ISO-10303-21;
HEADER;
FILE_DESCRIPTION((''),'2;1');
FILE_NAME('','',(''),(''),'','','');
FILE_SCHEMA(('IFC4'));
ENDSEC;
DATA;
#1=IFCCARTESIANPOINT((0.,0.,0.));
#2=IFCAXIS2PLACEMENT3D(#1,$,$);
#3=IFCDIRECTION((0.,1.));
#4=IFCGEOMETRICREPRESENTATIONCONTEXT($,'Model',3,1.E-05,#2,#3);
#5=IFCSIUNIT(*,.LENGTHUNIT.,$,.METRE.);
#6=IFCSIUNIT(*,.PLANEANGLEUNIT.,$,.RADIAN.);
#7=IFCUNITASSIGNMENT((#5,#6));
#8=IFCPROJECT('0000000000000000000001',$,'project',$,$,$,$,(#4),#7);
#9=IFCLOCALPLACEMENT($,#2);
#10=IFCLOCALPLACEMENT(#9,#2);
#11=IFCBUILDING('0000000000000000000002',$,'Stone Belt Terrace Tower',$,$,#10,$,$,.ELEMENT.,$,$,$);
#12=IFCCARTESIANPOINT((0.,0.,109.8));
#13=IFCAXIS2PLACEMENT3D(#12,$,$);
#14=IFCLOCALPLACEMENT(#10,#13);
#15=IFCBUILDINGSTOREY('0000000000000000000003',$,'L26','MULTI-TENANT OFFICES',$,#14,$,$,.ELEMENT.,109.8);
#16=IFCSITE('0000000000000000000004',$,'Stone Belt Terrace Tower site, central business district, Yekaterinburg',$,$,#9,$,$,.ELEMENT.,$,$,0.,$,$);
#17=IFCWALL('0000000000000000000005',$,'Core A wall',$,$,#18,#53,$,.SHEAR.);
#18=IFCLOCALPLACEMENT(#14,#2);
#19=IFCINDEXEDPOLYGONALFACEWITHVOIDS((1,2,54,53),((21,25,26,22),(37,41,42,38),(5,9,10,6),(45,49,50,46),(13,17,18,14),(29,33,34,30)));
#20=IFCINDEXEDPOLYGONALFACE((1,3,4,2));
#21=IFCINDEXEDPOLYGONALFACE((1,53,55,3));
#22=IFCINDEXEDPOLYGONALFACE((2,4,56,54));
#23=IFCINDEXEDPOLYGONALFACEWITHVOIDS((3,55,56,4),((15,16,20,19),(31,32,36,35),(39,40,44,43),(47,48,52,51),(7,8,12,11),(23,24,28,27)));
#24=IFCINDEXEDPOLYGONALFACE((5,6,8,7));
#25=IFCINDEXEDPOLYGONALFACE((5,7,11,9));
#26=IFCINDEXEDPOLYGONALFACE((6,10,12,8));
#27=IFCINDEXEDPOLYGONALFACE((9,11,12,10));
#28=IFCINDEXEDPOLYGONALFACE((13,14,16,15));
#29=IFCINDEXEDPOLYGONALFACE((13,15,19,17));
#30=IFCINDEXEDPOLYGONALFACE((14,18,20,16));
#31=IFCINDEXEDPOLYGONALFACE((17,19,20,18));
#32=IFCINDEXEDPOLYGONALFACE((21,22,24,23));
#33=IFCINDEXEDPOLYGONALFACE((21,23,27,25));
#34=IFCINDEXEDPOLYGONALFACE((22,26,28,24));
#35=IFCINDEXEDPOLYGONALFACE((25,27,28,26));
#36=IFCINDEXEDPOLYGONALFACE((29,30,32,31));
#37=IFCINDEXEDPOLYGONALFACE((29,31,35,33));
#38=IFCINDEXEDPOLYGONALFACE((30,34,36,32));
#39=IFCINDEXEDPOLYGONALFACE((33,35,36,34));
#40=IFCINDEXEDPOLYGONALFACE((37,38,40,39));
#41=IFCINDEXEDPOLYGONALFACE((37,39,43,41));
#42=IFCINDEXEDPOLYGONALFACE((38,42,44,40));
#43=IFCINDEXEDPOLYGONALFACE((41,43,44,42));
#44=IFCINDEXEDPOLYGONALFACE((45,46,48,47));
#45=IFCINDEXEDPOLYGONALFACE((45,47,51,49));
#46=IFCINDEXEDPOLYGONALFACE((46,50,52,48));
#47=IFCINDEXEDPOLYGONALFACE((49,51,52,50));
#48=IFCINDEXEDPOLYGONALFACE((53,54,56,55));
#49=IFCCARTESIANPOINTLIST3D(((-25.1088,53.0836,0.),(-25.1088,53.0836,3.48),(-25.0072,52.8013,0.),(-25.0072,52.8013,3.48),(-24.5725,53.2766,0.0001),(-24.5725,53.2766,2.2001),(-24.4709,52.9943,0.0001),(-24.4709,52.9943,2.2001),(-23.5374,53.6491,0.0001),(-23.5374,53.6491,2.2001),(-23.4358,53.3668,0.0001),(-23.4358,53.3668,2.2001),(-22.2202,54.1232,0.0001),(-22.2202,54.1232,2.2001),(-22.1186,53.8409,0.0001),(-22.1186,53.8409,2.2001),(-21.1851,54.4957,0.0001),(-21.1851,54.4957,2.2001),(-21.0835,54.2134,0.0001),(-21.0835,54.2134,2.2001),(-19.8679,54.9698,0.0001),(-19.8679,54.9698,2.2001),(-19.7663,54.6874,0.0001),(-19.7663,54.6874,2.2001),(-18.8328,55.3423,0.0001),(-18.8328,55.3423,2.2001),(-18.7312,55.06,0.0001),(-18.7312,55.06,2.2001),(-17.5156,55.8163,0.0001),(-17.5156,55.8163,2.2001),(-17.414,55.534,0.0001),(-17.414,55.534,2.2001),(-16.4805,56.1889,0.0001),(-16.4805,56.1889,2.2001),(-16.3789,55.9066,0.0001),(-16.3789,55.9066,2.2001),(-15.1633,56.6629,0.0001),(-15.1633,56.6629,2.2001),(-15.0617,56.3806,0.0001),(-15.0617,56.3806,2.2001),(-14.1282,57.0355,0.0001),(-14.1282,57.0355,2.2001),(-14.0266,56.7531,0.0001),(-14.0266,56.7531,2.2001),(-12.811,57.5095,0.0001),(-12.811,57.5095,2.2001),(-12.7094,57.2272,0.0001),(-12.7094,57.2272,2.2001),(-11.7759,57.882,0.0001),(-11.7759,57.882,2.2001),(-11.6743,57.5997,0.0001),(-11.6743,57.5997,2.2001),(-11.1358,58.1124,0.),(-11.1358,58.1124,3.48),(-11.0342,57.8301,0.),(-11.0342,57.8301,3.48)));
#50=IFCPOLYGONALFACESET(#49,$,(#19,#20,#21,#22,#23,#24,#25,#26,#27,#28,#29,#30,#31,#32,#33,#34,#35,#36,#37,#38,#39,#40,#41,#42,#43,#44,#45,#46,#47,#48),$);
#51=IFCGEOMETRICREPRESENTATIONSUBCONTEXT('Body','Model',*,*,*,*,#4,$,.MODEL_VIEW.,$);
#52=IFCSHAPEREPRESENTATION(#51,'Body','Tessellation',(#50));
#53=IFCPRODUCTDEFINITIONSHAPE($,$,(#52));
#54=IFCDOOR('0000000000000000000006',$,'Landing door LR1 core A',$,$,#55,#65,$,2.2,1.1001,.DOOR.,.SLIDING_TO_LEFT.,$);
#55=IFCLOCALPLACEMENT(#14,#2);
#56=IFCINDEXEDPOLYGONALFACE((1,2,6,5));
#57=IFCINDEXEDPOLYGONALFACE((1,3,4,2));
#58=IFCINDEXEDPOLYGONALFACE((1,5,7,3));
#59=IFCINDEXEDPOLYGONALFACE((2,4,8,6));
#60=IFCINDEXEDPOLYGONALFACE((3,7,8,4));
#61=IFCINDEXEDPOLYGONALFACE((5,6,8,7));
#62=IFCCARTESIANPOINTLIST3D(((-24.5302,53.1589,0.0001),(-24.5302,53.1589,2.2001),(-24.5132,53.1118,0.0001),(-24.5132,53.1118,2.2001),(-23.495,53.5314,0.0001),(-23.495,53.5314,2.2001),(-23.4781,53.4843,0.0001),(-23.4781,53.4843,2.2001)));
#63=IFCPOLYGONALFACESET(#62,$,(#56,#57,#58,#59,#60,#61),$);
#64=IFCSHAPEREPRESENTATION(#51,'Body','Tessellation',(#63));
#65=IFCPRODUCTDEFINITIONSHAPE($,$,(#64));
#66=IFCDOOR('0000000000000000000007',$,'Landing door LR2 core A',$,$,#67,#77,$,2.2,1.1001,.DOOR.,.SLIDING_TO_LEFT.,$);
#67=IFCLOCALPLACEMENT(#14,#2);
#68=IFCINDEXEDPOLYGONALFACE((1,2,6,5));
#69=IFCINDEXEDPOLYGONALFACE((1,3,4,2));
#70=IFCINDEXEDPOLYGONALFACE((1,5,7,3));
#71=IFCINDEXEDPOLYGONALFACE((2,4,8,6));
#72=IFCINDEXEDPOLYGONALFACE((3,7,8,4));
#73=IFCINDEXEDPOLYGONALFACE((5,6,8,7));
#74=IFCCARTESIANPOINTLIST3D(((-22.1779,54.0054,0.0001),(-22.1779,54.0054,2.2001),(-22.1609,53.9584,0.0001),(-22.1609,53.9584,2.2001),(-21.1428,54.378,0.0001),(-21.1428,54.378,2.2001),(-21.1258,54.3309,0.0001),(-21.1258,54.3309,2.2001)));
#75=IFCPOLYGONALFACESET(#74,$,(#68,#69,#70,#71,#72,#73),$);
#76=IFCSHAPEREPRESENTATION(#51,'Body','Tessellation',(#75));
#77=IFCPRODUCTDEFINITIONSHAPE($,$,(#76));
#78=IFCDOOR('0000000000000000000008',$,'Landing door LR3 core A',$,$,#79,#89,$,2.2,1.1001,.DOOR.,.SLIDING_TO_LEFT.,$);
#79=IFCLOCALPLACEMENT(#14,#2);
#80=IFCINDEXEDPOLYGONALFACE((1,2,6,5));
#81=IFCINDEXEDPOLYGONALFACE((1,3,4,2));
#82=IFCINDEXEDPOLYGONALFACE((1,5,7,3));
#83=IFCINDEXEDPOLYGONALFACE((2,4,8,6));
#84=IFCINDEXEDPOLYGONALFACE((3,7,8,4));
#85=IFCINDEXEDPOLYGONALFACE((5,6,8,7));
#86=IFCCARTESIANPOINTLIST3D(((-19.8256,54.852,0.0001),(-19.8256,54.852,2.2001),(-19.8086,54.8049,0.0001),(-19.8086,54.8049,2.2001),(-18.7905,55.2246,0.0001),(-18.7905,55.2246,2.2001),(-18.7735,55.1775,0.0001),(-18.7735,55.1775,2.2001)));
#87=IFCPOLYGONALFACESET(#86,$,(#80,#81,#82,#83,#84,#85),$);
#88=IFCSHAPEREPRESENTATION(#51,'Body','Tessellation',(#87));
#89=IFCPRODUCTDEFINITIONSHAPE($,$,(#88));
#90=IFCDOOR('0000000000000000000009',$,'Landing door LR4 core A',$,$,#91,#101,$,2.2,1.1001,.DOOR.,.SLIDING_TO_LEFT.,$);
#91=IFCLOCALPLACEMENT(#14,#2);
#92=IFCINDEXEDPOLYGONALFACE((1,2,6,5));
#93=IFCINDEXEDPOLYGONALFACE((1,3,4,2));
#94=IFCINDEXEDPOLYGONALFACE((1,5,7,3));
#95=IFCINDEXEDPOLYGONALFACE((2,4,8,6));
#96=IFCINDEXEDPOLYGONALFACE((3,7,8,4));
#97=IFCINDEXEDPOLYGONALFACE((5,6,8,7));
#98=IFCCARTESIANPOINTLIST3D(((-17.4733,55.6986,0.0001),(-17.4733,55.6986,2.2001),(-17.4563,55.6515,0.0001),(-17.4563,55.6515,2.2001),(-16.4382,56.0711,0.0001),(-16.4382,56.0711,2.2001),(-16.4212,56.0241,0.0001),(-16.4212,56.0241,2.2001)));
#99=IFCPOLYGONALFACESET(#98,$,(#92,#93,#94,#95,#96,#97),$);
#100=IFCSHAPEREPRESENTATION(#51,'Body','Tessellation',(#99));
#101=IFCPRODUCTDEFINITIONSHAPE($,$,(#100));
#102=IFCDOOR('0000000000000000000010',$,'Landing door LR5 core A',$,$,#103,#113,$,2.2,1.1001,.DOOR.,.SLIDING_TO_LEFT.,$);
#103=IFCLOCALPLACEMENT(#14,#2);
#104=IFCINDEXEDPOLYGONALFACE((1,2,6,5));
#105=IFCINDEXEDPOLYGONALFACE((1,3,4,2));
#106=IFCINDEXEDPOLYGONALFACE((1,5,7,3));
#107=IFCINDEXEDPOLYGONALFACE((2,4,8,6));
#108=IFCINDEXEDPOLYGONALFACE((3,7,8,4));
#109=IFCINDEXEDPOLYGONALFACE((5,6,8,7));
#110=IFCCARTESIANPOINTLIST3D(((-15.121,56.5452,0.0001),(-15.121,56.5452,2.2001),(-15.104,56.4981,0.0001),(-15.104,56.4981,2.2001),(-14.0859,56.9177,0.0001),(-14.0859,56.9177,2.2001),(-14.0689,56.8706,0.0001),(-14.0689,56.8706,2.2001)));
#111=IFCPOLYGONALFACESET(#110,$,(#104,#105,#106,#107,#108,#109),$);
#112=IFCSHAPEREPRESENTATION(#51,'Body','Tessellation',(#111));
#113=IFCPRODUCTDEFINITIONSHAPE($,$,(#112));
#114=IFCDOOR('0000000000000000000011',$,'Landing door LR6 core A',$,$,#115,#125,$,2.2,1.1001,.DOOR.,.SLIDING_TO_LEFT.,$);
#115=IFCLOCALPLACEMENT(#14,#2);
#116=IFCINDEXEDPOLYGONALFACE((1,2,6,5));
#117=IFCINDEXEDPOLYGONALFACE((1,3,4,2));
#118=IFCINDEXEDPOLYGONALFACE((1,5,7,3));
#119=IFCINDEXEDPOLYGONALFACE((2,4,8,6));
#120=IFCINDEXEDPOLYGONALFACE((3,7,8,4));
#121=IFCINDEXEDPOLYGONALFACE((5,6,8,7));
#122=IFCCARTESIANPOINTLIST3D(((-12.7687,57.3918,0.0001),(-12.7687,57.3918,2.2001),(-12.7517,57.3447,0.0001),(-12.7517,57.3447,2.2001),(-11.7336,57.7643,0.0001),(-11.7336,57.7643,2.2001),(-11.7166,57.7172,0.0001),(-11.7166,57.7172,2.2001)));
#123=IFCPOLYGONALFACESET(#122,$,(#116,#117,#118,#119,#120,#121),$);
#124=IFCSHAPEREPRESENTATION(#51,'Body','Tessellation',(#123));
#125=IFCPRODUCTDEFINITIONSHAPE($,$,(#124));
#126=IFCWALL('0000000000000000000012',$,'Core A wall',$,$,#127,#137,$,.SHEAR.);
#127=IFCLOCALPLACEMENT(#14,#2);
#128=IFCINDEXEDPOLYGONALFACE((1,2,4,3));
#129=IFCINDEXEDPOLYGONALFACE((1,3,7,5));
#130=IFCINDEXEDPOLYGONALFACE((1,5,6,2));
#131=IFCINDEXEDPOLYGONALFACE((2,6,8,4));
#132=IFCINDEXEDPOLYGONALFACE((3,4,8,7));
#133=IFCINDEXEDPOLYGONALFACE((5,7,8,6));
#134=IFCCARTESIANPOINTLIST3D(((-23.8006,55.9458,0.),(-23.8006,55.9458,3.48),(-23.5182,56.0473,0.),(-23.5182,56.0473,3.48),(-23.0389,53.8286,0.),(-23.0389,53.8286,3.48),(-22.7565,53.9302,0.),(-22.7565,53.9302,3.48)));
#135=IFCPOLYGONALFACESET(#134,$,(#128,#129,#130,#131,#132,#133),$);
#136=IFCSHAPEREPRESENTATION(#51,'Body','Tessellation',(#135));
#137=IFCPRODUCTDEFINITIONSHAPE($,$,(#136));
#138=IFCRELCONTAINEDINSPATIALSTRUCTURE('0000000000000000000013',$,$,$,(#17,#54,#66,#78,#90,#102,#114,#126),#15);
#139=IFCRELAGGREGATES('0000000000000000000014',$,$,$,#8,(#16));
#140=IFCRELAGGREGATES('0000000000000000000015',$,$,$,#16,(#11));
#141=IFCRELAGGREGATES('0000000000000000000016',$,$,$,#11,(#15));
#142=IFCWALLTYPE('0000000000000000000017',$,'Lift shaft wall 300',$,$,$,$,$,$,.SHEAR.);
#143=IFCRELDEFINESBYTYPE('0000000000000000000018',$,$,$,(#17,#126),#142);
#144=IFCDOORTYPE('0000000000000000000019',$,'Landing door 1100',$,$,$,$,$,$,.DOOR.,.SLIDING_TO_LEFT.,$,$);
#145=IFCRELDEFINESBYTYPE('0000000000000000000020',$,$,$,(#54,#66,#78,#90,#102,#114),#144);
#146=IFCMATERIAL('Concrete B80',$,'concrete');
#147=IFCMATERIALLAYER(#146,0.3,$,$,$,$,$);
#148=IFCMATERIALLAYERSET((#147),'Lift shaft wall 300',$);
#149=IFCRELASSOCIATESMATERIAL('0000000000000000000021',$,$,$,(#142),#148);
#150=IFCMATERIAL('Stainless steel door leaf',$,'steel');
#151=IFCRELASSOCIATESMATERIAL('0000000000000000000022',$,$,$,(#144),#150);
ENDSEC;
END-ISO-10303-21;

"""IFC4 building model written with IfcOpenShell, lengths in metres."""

from ifc_helpers import new_model, si_unit, direction, frame, frame_2d, origin, place, context, subcontext, project, spatial, rectangle, extrude, material, layer, layer_set, type_object, element, fill, save


model = new_model("IFC4")

# Units and contexts
model_context = context("Model", 3, precision=1e-05, world=origin(), true_north=direction((0.0, 1.0)))
body_context = subcontext(model_context, "Body", "Model", "MODEL_VIEW")
ifc_project = project(units=[si_unit("LENGTHUNIT", "METRE"), si_unit("PLANEANGLEUNIT", "RADIAN")], contexts=[model_context])

# Site, building, storey
site_placement = place(None, origin())
site = spatial("IfcSite", under=ifc_project, at=site_placement, Name="Stone Belt Terrace Tower site, central business district, Yekaterinburg", CompositionType="ELEMENT", RefElevation=0.0)
building_placement = place(site_placement, origin())
building = spatial("IfcBuilding", under=site, at=building_placement, Name="Stone Belt Terrace Tower", CompositionType="ELEMENT")
storey_placement = place(building_placement, frame((0.0, 0.0, 109.8)))
storey = spatial("IfcBuildingStorey", under=building, at=storey_placement, Name="L26", Description="MULTI-TENANT OFFICES", CompositionType="ELEMENT", Elevation=109.8)

# Shared definitions
ifc_material_1 = material(Name="Concrete B80", Category="concrete")

# Shared definitions
ifc_layer_1 = layer(ifc_material_1, 0.3)
ifc_layer_set_1 = layer_set([ifc_layer_1], Name="Lift shaft wall 300")
wall_type_1 = type_object("IfcWallType", Name="Lift shaft wall 300", PredefinedType="SHEAR", material=ifc_layer_set_1)
ifc_material_2 = material(Name="Stainless steel door leaf", Category="steel")

# Wall, openings, doors
wall_1_placement = place(storey_placement, frame((-25.0581, 52.9424, 0.0), z_axis=(0.0, 0.0, 1.0), x_axis=(0.940918, 0.338634, 0.0)))
wall_1 = element("IfcWall", 1, at=wall_1_placement, inside=storey, type_object=wall_type_1, Name="Core A wall", PredefinedType="SHEAR", context=body_context, shape_type="SweptSolid", body=[
    extrude(rectangle(XDim=14.8503, YDim=0.3, at=frame_2d((7.4253, 0.0))), origin(), (0.0, 0.0, 1.0), 3.48),
])
opening_1_placement = place(wall_1_placement, frame((0.5701, 0.0, 0.0)))
opening_1 = element("IfcOpeningElement", 2, at=opening_1_placement, cuts=wall_1, PredefinedType="OPENING", context=body_context, shape_type="SweptSolid", body=[
    extrude(rectangle(XDim=1.1001, YDim=2.2, at=frame_2d((0.55, 1.1001))), frame((0.0, 0.1599, 0.0), z_axis=(0.0, -1.0, 0.0), x_axis=(1.0, 0.0, 0.0)), (0.0, 0.0, 1.0), 0.3201),
])
opening_2_placement = place(wall_1_placement, frame((3.0701, 0.0, 0.0)))
opening_2 = element("IfcOpeningElement", 3, at=opening_2_placement, cuts=wall_1, PredefinedType="OPENING", context=body_context, shape_type="SweptSolid", body=[
    extrude(rectangle(XDim=1.1001, YDim=2.2, at=frame_2d((0.55, 1.1001))), frame((0.0, 0.1599, 0.0), z_axis=(0.0, -1.0, 0.0), x_axis=(1.0, 0.0, 0.0)), (0.0, 0.0, 1.0), 0.3201),
])
opening_3_placement = place(wall_1_placement, frame((5.5701, 0.0, 0.0)))
opening_3 = element("IfcOpeningElement", 4, at=opening_3_placement, cuts=wall_1, PredefinedType="OPENING", context=body_context, shape_type="SweptSolid", body=[
    extrude(rectangle(XDim=1.1001, YDim=2.2, at=frame_2d((0.55, 1.1001))), frame((0.0, 0.1599, 0.0), z_axis=(0.0, -1.0, 0.0), x_axis=(1.0, 0.0, 0.0)), (0.0, 0.0, 1.0), 0.3201),
])
opening_4_placement = place(wall_1_placement, frame((8.0701, 0.0, 0.0)))
opening_4 = element("IfcOpeningElement", 5, at=opening_4_placement, cuts=wall_1, PredefinedType="OPENING", context=body_context, shape_type="SweptSolid", body=[
    extrude(rectangle(XDim=1.1001, YDim=2.2, at=frame_2d((0.55, 1.1001))), frame((0.0, 0.1599, 0.0), z_axis=(0.0, -1.0, 0.0), x_axis=(1.0, 0.0, 0.0)), (0.0, 0.0, 1.0), 0.3201),
])
opening_5_placement = place(wall_1_placement, frame((10.5701, 0.0, 0.0)))
opening_5 = element("IfcOpeningElement", 6, at=opening_5_placement, cuts=wall_1, PredefinedType="OPENING", context=body_context, shape_type="SweptSolid", body=[
    extrude(rectangle(XDim=1.1001, YDim=2.2, at=frame_2d((0.55, 1.1001))), frame((0.0, 0.1599, 0.0), z_axis=(0.0, -1.0, 0.0), x_axis=(1.0, 0.0, 0.0)), (0.0, 0.0, 1.0), 0.3201),
])
opening_6_placement = place(wall_1_placement, frame((13.0701, 0.0, 0.0)))
opening_6 = element("IfcOpeningElement", 7, at=opening_6_placement, cuts=wall_1, PredefinedType="OPENING", context=body_context, shape_type="SweptSolid", body=[
    extrude(rectangle(XDim=1.1001, YDim=2.2, at=frame_2d((0.55, 1.1001))), frame((0.0, 0.1599, 0.0), z_axis=(0.0, -1.0, 0.0), x_axis=(1.0, 0.0, 0.0)), (0.0, 0.0, 1.0), 0.3201),
])
door_type_1 = type_object("IfcDoorType", Name="Landing door 1100", OperationType="SLIDING_TO_LEFT", PredefinedType="DOOR", material=ifc_material_2)
door_1_placement = place(opening_1_placement, origin())
door_1 = element("IfcDoor", 8, at=door_1_placement, inside=storey, type_object=door_type_1, Name="Landing door LR1 core A", OperationType="SLIDING_TO_LEFT", OverallHeight=2.2, OverallWidth=1.1001, PredefinedType="DOOR", context=body_context, shape_type="SweptSolid", body=[
    extrude(rectangle(XDim=1.1001, YDim=2.2, at=frame_2d((0.55, 1.1001))), frame((0.0, 0.0249, 0.0), z_axis=(0.0, -1.0, 0.0), x_axis=(1.0, 0.0, 0.0)), (0.0, 0.0, 1.0), 0.05),
])
fill(opening_1, door_1)
door_2_placement = place(opening_2_placement, origin())
door_2 = element("IfcDoor", 9, at=door_2_placement, inside=storey, type_object=door_type_1, Name="Landing door LR2 core A", OperationType="SLIDING_TO_LEFT", OverallHeight=2.2, OverallWidth=1.1001, PredefinedType="DOOR", context=body_context, shape_type="SweptSolid", body=[
    extrude(rectangle(XDim=1.1001, YDim=2.2, at=frame_2d((0.55, 1.1001))), frame((0.0, 0.0249, 0.0), z_axis=(0.0, -1.0, 0.0), x_axis=(1.0, 0.0, 0.0)), (0.0, 0.0, 1.0), 0.05),
])
fill(opening_2, door_2)
door_3_placement = place(opening_3_placement, origin())
door_3 = element("IfcDoor", 10, at=door_3_placement, inside=storey, type_object=door_type_1, Name="Landing door LR3 core A", OperationType="SLIDING_TO_LEFT", OverallHeight=2.2, OverallWidth=1.1001, PredefinedType="DOOR", context=body_context, shape_type="SweptSolid", body=[
    extrude(rectangle(XDim=1.1001, YDim=2.2, at=frame_2d((0.55, 1.1001))), frame((0.0, 0.0249, 0.0), z_axis=(0.0, -1.0, 0.0), x_axis=(1.0, 0.0, 0.0)), (0.0, 0.0, 1.0), 0.05),
])
fill(opening_3, door_3)
door_4_placement = place(opening_4_placement, origin())
door_4 = element("IfcDoor", 11, at=door_4_placement, inside=storey, type_object=door_type_1, Name="Landing door LR4 core A", OperationType="SLIDING_TO_LEFT", OverallHeight=2.2, OverallWidth=1.1001, PredefinedType="DOOR", context=body_context, shape_type="SweptSolid", body=[
    extrude(rectangle(XDim=1.1001, YDim=2.2, at=frame_2d((0.55, 1.1001))), frame((0.0, 0.0249, 0.0), z_axis=(0.0, -1.0, 0.0), x_axis=(1.0, 0.0, 0.0)), (0.0, 0.0, 1.0), 0.05),
])
fill(opening_4, door_4)
door_5_placement = place(opening_5_placement, origin())
door_5 = element("IfcDoor", 12, at=door_5_placement, inside=storey, type_object=door_type_1, Name="Landing door LR5 core A", OperationType="SLIDING_TO_LEFT", OverallHeight=2.2, OverallWidth=1.1001, PredefinedType="DOOR", context=body_context, shape_type="SweptSolid", body=[
    extrude(rectangle(XDim=1.1001, YDim=2.2, at=frame_2d((0.55, 1.1001))), frame((0.0, 0.0249, 0.0), z_axis=(0.0, -1.0, 0.0), x_axis=(1.0, 0.0, 0.0)), (0.0, 0.0, 1.0), 0.05),
])
fill(opening_5, door_5)
door_6_placement = place(opening_6_placement, origin())
door_6 = element("IfcDoor", 13, at=door_6_placement, inside=storey, type_object=door_type_1, Name="Landing door LR6 core A", OperationType="SLIDING_TO_LEFT", OverallHeight=2.2, OverallWidth=1.1001, PredefinedType="DOOR", context=body_context, shape_type="SweptSolid", body=[
    extrude(rectangle(XDim=1.1001, YDim=2.2, at=frame_2d((0.55, 1.1001))), frame((0.0, 0.0249, 0.0), z_axis=(0.0, -1.0, 0.0), x_axis=(1.0, 0.0, 0.0)), (0.0, 0.0, 1.0), 0.05),
])
fill(opening_6, door_6)

# Wall
wall_2_placement = place(storey_placement, frame((-22.8977, 53.8794, 0.0), z_axis=(0.0, 0.0, 1.0), x_axis=(-0.338535, 0.940954, 0.0)))
element("IfcWall", 14, at=wall_2_placement, inside=storey, type_object=wall_type_1, Name="Core A wall", PredefinedType="SHEAR", context=body_context, shape_type="SweptSolid", body=[
    extrude(rectangle(XDim=2.25, YDim=0.3, at=frame_2d((1.125, 0.0))), origin(), (0.0, 0.0, 1.0), 3.48),
])

save(model, "model.ifc")
